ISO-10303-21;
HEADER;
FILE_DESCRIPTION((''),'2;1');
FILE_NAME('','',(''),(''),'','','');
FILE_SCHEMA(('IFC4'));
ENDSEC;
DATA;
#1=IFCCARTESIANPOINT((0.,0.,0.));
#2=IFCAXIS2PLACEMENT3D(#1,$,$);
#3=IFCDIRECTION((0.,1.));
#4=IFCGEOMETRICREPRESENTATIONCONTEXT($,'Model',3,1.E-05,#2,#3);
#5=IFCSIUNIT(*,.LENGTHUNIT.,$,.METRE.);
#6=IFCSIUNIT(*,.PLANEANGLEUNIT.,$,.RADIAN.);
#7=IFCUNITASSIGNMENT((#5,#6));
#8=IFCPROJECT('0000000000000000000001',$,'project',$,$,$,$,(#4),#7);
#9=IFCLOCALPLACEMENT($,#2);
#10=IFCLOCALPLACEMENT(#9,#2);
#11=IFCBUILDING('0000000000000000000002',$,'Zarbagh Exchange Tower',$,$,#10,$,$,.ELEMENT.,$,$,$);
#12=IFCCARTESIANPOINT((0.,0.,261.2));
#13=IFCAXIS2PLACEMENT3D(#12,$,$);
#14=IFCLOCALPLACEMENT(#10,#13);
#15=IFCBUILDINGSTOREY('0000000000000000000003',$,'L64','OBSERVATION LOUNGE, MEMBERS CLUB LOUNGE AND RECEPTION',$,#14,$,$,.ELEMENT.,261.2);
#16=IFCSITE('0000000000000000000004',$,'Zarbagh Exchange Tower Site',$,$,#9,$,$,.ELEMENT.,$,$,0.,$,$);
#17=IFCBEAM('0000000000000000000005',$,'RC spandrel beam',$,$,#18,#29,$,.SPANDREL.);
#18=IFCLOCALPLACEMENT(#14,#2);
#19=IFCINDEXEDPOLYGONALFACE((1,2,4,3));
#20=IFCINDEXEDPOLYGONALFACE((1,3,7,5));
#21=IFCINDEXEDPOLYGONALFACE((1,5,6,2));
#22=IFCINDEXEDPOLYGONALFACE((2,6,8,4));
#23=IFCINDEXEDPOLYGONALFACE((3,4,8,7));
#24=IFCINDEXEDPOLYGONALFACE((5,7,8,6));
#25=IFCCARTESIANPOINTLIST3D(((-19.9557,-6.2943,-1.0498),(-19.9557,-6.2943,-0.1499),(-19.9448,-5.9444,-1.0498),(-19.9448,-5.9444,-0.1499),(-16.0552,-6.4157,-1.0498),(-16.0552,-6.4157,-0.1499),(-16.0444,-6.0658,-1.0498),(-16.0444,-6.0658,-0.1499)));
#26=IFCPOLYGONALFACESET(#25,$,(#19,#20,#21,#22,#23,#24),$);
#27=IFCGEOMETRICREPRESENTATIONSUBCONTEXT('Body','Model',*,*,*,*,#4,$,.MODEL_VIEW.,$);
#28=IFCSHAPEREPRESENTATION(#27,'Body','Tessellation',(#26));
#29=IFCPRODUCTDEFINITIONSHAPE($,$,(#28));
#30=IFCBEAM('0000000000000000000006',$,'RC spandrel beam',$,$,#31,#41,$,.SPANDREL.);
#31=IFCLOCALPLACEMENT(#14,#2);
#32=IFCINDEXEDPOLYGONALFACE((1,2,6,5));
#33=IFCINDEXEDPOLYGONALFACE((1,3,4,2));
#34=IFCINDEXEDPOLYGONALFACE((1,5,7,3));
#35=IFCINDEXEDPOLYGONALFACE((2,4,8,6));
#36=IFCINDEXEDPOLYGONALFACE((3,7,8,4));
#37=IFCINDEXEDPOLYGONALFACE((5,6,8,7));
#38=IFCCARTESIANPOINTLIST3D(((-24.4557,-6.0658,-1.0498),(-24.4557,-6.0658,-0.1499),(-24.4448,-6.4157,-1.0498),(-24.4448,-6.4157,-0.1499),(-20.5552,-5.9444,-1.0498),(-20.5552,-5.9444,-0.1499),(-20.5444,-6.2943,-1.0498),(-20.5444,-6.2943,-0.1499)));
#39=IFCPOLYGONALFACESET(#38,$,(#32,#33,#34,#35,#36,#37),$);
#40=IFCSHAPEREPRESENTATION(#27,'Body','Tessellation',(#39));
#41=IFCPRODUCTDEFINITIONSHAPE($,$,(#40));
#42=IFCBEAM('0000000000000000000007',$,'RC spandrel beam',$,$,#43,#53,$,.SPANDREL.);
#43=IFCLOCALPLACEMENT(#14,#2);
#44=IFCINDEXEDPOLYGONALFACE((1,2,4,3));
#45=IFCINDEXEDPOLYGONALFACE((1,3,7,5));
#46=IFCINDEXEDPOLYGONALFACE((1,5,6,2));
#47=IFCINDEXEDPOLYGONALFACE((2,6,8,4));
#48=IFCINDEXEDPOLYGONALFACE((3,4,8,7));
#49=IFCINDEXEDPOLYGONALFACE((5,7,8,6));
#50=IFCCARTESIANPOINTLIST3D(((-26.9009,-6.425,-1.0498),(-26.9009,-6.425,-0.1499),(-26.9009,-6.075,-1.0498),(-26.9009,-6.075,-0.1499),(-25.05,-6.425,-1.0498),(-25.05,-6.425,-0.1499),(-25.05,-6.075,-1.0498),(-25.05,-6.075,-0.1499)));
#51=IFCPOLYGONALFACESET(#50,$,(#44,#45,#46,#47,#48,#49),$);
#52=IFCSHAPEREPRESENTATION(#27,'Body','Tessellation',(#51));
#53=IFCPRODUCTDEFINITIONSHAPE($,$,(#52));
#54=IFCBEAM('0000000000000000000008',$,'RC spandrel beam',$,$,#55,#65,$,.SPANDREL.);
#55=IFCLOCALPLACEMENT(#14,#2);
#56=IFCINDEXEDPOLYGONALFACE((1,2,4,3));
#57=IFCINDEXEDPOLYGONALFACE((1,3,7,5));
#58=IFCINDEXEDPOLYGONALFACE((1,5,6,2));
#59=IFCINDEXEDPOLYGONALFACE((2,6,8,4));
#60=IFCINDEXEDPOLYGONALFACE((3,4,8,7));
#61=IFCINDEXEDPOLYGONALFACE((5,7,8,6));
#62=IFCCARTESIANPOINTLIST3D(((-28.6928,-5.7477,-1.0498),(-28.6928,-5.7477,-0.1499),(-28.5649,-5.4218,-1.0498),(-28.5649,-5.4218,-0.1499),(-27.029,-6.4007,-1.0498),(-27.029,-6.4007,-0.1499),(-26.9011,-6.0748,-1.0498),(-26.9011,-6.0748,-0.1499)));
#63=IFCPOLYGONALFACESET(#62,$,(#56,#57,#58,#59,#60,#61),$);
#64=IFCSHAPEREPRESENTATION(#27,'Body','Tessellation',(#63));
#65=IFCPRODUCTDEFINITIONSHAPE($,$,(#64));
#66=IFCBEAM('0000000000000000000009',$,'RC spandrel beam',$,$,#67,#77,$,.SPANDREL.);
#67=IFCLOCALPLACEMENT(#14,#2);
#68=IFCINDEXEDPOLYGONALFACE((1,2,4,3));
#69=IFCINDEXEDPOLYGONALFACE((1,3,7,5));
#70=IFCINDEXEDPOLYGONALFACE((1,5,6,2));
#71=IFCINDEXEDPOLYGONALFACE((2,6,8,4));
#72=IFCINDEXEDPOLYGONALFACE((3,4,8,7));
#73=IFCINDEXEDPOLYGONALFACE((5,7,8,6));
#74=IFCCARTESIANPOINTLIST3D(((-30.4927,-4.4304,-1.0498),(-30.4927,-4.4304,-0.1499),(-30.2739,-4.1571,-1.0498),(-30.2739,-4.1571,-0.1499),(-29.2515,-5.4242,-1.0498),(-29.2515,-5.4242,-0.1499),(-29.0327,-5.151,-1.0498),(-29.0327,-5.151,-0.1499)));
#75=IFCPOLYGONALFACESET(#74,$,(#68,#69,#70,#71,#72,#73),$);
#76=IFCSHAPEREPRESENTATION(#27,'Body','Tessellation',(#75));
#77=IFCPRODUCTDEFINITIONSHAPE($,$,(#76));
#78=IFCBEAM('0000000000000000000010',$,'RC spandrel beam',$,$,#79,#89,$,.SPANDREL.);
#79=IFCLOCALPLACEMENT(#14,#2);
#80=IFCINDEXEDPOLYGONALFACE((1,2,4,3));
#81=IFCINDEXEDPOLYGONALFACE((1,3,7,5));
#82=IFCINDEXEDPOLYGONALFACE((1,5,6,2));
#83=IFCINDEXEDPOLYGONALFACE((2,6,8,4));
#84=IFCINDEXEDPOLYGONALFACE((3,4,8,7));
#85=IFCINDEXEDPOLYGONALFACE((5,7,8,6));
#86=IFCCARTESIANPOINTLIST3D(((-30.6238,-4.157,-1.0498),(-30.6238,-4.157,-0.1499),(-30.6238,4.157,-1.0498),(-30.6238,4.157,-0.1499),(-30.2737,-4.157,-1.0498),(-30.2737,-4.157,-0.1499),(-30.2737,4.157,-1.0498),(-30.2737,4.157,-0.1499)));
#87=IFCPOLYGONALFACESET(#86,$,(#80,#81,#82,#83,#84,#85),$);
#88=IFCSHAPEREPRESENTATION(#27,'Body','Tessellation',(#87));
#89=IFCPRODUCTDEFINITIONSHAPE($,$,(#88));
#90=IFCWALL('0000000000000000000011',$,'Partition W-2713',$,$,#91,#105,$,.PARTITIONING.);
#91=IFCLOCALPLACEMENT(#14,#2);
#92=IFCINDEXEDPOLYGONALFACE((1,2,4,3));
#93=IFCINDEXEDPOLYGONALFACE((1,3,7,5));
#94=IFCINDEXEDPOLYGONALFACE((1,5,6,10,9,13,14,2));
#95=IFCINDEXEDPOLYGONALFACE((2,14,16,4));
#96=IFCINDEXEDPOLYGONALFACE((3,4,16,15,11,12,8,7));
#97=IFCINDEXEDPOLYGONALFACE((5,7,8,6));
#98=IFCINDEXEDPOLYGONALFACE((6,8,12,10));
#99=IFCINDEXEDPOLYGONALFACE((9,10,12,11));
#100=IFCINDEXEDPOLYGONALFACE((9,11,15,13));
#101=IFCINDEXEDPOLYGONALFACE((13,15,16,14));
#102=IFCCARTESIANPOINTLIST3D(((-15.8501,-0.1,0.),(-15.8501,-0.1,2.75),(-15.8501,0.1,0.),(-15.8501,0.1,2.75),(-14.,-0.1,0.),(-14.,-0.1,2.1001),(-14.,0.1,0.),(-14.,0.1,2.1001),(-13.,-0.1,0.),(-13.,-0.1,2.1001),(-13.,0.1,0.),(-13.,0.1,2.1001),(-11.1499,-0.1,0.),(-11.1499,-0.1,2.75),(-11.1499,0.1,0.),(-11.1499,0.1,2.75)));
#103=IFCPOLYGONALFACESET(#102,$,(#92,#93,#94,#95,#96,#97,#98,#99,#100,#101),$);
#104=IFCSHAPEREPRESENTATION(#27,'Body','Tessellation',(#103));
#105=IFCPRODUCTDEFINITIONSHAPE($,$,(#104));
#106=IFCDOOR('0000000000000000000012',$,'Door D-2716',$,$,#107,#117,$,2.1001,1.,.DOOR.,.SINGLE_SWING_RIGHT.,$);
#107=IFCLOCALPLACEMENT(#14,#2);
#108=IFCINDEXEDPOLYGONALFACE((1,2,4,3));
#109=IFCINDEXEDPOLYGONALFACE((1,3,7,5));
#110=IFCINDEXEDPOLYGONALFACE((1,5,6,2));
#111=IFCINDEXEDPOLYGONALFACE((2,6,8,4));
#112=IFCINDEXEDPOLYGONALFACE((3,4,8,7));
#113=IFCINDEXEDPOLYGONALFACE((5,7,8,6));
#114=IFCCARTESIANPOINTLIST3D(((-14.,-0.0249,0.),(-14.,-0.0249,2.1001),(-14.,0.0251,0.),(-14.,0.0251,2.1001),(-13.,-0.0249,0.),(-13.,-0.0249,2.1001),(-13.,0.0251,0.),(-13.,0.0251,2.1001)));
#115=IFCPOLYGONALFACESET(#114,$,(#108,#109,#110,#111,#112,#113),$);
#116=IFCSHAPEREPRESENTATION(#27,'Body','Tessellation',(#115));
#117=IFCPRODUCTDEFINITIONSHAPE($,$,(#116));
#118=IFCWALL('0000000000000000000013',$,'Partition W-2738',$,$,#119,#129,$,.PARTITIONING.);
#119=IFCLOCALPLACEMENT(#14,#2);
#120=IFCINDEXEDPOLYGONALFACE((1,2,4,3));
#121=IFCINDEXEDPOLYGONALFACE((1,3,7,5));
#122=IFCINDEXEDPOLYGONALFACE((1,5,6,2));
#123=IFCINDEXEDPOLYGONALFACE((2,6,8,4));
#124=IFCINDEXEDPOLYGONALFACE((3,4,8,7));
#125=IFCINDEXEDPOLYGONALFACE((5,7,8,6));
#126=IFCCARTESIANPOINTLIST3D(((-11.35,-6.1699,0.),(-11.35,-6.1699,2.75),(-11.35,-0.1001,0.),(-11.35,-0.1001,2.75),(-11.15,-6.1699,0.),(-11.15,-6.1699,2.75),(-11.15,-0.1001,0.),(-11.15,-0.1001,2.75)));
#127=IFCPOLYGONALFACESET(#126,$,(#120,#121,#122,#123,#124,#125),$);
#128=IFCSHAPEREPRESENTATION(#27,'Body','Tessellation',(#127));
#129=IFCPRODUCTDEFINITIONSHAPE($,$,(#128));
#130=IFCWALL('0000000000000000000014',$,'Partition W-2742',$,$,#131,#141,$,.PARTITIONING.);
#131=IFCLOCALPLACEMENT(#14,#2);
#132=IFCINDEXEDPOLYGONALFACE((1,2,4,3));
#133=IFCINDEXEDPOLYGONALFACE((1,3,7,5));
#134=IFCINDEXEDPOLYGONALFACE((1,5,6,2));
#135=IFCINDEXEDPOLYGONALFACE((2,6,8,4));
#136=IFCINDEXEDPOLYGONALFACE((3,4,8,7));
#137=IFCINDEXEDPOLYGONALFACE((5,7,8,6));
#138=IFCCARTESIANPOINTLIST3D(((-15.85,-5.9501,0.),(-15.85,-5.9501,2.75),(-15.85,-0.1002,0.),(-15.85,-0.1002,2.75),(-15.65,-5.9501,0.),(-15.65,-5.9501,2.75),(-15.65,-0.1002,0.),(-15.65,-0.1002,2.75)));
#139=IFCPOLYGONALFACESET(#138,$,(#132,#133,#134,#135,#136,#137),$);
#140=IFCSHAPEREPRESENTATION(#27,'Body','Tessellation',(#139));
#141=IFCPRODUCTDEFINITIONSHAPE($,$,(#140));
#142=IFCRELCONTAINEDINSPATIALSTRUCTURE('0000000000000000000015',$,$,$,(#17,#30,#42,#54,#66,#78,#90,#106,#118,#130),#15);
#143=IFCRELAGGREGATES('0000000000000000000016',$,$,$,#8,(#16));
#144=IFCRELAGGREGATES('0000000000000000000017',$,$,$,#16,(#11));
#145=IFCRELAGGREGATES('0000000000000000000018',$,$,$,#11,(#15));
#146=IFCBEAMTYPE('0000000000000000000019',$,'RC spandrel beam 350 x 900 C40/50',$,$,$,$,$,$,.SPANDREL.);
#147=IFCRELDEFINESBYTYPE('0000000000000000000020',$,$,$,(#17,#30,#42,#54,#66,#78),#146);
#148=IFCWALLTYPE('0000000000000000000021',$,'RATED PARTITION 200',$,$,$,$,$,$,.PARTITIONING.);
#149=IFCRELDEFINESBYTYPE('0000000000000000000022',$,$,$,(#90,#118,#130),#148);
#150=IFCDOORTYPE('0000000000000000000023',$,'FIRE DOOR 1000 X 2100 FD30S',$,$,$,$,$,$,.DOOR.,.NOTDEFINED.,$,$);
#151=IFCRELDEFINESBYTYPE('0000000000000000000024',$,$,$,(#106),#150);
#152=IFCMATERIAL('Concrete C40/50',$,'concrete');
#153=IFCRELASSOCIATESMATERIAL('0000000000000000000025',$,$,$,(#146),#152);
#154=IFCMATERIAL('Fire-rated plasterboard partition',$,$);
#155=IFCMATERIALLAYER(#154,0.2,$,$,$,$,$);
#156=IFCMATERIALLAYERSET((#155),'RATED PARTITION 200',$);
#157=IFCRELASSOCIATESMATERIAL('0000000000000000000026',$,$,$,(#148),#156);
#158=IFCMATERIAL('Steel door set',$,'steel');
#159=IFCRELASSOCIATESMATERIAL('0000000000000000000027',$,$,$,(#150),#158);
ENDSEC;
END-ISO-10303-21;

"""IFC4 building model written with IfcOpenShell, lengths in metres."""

from ifc_helpers import new_model, si_unit, direction, frame, frame_2d, origin, origin_2d, place, context, subcontext, project, spatial, rectangle, extrude, material, layer, layer_set, material_profile, profile_set, type_object, element, fill, save


model = new_model("IFC4")

# Units and contexts
model_context = context("Model", 3, precision=1e-05, world=origin(), true_north=direction((0.0, 1.0)))
body_context = subcontext(model_context, "Body", "Model", "MODEL_VIEW")
ifc_project = project(units=[si_unit("LENGTHUNIT", "METRE"), si_unit("PLANEANGLEUNIT", "RADIAN")], contexts=[model_context])

# Site, building, storey
site_placement = place(None, origin())
site = spatial("IfcSite", under=ifc_project, at=site_placement, Name="Zarbagh Exchange Tower Site", CompositionType="ELEMENT", RefElevation=0.0)
building_placement = place(site_placement, origin())
building = spatial("IfcBuilding", under=site, at=building_placement, Name="Zarbagh Exchange Tower", CompositionType="ELEMENT")
storey_placement = place(building_placement, frame((0.0, 0.0, 261.2)))
storey = spatial("IfcBuildingStorey", under=building, at=storey_placement, Name="L64", Description="OBSERVATION LOUNGE, MEMBERS CLUB LOUNGE AND RECEPTION", CompositionType="ELEMENT", Elevation=261.2)

# Shared definitions
ifc_material_1 = material(Name="Concrete C40/50", Category="concrete")

# Beams
ifc_material_profile_1 = material_profile(ifc_material_1, rectangle(XDim=0.3501, YDim=0.8999, at=origin_2d()), Name="RC spandrel beam 350 x 900 C40/50")
ifc_profile_set_1 = profile_set([ifc_material_profile_1], Name="Concrete C40/50")
beam_type_1 = type_object("IfcBeamType", Name="RC spandrel beam 350 x 900 C40/50", PredefinedType="SPANDREL", material=ifc_profile_set_1)
for number, where, z_axis, x_axis, name in (
    (1, (-16.0498, -6.2407, -0.5999), (-0.999516, 0.031094, 0.0), (-0.031094, -0.999516, 0.0), "RC spandrel beam"),
    (2, (-20.5498, -6.1194, -0.5999), (-0.999516, -0.031094, 0.0), (0.031094, -0.999516, 0.0), "RC spandrel beam"),
):
    element("IfcBeam", number, at=place(storey_placement, frame(where, z_axis=z_axis, x_axis=x_axis)), inside=storey, type_object=beam_type_1, Name=name, PredefinedType="SPANDREL", context=body_context, shape_type="SweptSolid", body=[
        extrude(rectangle(XDim=0.3501, YDim=0.8999, at=origin_2d()), origin(), (0.0, 0.0, 1.0), 3.9023),
    ])
beam_1_placement = place(storey_placement, frame((-25.05, -6.25, -0.5999), z_axis=(-1.0, 0.0, 0.0), x_axis=(0.0, -1.0, 0.0)))
element("IfcBeam", 3, at=beam_1_placement, inside=storey, type_object=beam_type_1, Name="RC spandrel beam", PredefinedType="SPANDREL", context=body_context, shape_type="SweptSolid", body=[
    extrude(rectangle(XDim=0.3501, YDim=0.8999, at=origin_2d()), origin(), (0.0, 0.0, 1.0), 1.8508),
])
beam_2_placement = place(storey_placement, frame((-26.9651, -6.2378, -0.5999), z_axis=(-0.930859, 0.365378, 0.0), x_axis=(-0.365378, -0.930859, 0.0)))
element("IfcBeam", 4, at=beam_2_placement, inside=storey, type_object=beam_type_1, Name="RC spandrel beam", PredefinedType="SPANDREL", context=body_context, shape_type="SweptSolid", body=[
    extrude(rectangle(XDim=0.3501, YDim=0.8999, at=origin_2d()), origin(), (0.0, 0.0, 1.0), 1.7874),
])
beam_3_placement = place(storey_placement, frame((-29.1421, -5.2876, -0.5999), z_axis=(-0.780584, 0.625051, 0.0), x_axis=(-0.625051, -0.780584, 0.0)))
element("IfcBeam", 5, at=beam_3_placement, inside=storey, type_object=beam_type_1, Name="RC spandrel beam", PredefinedType="SPANDREL", context=body_context, shape_type="SweptSolid", body=[
    extrude(rectangle(XDim=0.3501, YDim=0.8999, at=origin_2d()), origin(), (0.0, 0.0, 1.0), 1.5901),
])
beam_4_placement = place(storey_placement, frame((-30.4487, -4.157, -0.5999), z_axis=(0.0, 1.0, 0.0), x_axis=(-1.0, 0.0, 0.0)))
element("IfcBeam", 6, at=beam_4_placement, inside=storey, type_object=beam_type_1, Name="RC spandrel beam", PredefinedType="SPANDREL", context=body_context, shape_type="SweptSolid", body=[
    extrude(rectangle(XDim=0.3501, YDim=0.8999, at=origin_2d()), origin(), (0.0, 0.0, 1.0), 8.314),
])

# Wall, opening, door
ifc_material_2 = material(Name="Fire-rated plasterboard partition")
ifc_layer = layer(ifc_material_2, 0.2)
ifc_layer_set = layer_set([ifc_layer], Name="RATED PARTITION 200")
wall_type = type_object("IfcWallType", Name="RATED PARTITION 200", PredefinedType="PARTITIONING", material=ifc_layer_set)
wall_1_placement = place(storey_placement, frame((-11.1499, 0.0, 0.0), z_axis=(0.0, 0.0, 1.0), x_axis=(-1.0, 0.0, 0.0)))
wall_1 = element("IfcWall", 7, at=wall_1_placement, inside=storey, type_object=wall_type, Name="Partition W-2713", PredefinedType="PARTITIONING", context=body_context, shape_type="SweptSolid", body=[
    extrude(rectangle(XDim=4.7002, YDim=0.2, at=frame_2d((2.3501, 0.0))), origin(), (0.0, 0.0, 1.0), 2.75),
])
opening_placement = place(wall_1_placement, frame((1.8501, 0.0, 0.0)))
opening = element("IfcOpeningElement", 8, at=opening_placement, cuts=wall_1, PredefinedType="OPENING", context=body_context, shape_type="SweptSolid", body=[
    extrude(rectangle(XDim=1.0, YDim=2.1001, at=frame_2d((0.5, 1.05))), frame((0.0, 0.1099, 0.0), z_axis=(0.0, -1.0, 0.0), x_axis=(1.0, 0.0, 0.0)), (0.0, 0.0, 1.0), 0.22),
])
ifc_material_3 = material(Name="Steel door set", Category="steel")
door_type = type_object("IfcDoorType", Name="FIRE DOOR 1000 X 2100 FD30S", OperationType="NOTDEFINED", PredefinedType="DOOR", material=ifc_material_3)
door_placement = place(opening_placement, origin())
door = element("IfcDoor", 9, at=door_placement, inside=storey, type_object=door_type, Name="Door D-2716", OperationType="SINGLE_SWING_RIGHT", OverallHeight=2.1001, OverallWidth=1.0, PredefinedType="DOOR", context=body_context, shape_type="SweptSolid", body=[
    extrude(rectangle(XDim=1.0, YDim=2.1001, at=frame_2d((0.5, 1.05))), frame((0.0, 0.0249, 0.0), z_axis=(0.0, -1.0, 0.0), x_axis=(1.0, 0.0, 0.0)), (0.0, 0.0, 1.0), 0.05),
])
fill(opening, door)

# Walls
wall_2_placement = place(storey_placement, frame((-11.25, -6.1699, 0.0), z_axis=(0.0, 0.0, 1.0), x_axis=(0.0, 1.0, 0.0)))
element("IfcWall", 10, at=wall_2_placement, inside=storey, type_object=wall_type, Name="Partition W-2738", PredefinedType="PARTITIONING", context=body_context, shape_type="SweptSolid", body=[
    extrude(rectangle(XDim=6.0698, YDim=0.2, at=frame_2d((3.0349, 0.0))), origin(), (0.0, 0.0, 1.0), 2.75),
])
wall_3_placement = place(storey_placement, frame((-15.75, -5.95, 0.0), z_axis=(0.0, 0.0, 1.0), x_axis=(0.0, 1.0, 0.0)))
element("IfcWall", 11, at=wall_3_placement, inside=storey, type_object=wall_type, Name="Partition W-2742", PredefinedType="PARTITIONING", context=body_context, shape_type="SweptSolid", body=[
    extrude(rectangle(XDim=5.8499, YDim=0.2, at=frame_2d((2.9248, 0.0))), origin(), (0.0, 0.0, 1.0), 2.75),
])

save(model, "model.ifc")
